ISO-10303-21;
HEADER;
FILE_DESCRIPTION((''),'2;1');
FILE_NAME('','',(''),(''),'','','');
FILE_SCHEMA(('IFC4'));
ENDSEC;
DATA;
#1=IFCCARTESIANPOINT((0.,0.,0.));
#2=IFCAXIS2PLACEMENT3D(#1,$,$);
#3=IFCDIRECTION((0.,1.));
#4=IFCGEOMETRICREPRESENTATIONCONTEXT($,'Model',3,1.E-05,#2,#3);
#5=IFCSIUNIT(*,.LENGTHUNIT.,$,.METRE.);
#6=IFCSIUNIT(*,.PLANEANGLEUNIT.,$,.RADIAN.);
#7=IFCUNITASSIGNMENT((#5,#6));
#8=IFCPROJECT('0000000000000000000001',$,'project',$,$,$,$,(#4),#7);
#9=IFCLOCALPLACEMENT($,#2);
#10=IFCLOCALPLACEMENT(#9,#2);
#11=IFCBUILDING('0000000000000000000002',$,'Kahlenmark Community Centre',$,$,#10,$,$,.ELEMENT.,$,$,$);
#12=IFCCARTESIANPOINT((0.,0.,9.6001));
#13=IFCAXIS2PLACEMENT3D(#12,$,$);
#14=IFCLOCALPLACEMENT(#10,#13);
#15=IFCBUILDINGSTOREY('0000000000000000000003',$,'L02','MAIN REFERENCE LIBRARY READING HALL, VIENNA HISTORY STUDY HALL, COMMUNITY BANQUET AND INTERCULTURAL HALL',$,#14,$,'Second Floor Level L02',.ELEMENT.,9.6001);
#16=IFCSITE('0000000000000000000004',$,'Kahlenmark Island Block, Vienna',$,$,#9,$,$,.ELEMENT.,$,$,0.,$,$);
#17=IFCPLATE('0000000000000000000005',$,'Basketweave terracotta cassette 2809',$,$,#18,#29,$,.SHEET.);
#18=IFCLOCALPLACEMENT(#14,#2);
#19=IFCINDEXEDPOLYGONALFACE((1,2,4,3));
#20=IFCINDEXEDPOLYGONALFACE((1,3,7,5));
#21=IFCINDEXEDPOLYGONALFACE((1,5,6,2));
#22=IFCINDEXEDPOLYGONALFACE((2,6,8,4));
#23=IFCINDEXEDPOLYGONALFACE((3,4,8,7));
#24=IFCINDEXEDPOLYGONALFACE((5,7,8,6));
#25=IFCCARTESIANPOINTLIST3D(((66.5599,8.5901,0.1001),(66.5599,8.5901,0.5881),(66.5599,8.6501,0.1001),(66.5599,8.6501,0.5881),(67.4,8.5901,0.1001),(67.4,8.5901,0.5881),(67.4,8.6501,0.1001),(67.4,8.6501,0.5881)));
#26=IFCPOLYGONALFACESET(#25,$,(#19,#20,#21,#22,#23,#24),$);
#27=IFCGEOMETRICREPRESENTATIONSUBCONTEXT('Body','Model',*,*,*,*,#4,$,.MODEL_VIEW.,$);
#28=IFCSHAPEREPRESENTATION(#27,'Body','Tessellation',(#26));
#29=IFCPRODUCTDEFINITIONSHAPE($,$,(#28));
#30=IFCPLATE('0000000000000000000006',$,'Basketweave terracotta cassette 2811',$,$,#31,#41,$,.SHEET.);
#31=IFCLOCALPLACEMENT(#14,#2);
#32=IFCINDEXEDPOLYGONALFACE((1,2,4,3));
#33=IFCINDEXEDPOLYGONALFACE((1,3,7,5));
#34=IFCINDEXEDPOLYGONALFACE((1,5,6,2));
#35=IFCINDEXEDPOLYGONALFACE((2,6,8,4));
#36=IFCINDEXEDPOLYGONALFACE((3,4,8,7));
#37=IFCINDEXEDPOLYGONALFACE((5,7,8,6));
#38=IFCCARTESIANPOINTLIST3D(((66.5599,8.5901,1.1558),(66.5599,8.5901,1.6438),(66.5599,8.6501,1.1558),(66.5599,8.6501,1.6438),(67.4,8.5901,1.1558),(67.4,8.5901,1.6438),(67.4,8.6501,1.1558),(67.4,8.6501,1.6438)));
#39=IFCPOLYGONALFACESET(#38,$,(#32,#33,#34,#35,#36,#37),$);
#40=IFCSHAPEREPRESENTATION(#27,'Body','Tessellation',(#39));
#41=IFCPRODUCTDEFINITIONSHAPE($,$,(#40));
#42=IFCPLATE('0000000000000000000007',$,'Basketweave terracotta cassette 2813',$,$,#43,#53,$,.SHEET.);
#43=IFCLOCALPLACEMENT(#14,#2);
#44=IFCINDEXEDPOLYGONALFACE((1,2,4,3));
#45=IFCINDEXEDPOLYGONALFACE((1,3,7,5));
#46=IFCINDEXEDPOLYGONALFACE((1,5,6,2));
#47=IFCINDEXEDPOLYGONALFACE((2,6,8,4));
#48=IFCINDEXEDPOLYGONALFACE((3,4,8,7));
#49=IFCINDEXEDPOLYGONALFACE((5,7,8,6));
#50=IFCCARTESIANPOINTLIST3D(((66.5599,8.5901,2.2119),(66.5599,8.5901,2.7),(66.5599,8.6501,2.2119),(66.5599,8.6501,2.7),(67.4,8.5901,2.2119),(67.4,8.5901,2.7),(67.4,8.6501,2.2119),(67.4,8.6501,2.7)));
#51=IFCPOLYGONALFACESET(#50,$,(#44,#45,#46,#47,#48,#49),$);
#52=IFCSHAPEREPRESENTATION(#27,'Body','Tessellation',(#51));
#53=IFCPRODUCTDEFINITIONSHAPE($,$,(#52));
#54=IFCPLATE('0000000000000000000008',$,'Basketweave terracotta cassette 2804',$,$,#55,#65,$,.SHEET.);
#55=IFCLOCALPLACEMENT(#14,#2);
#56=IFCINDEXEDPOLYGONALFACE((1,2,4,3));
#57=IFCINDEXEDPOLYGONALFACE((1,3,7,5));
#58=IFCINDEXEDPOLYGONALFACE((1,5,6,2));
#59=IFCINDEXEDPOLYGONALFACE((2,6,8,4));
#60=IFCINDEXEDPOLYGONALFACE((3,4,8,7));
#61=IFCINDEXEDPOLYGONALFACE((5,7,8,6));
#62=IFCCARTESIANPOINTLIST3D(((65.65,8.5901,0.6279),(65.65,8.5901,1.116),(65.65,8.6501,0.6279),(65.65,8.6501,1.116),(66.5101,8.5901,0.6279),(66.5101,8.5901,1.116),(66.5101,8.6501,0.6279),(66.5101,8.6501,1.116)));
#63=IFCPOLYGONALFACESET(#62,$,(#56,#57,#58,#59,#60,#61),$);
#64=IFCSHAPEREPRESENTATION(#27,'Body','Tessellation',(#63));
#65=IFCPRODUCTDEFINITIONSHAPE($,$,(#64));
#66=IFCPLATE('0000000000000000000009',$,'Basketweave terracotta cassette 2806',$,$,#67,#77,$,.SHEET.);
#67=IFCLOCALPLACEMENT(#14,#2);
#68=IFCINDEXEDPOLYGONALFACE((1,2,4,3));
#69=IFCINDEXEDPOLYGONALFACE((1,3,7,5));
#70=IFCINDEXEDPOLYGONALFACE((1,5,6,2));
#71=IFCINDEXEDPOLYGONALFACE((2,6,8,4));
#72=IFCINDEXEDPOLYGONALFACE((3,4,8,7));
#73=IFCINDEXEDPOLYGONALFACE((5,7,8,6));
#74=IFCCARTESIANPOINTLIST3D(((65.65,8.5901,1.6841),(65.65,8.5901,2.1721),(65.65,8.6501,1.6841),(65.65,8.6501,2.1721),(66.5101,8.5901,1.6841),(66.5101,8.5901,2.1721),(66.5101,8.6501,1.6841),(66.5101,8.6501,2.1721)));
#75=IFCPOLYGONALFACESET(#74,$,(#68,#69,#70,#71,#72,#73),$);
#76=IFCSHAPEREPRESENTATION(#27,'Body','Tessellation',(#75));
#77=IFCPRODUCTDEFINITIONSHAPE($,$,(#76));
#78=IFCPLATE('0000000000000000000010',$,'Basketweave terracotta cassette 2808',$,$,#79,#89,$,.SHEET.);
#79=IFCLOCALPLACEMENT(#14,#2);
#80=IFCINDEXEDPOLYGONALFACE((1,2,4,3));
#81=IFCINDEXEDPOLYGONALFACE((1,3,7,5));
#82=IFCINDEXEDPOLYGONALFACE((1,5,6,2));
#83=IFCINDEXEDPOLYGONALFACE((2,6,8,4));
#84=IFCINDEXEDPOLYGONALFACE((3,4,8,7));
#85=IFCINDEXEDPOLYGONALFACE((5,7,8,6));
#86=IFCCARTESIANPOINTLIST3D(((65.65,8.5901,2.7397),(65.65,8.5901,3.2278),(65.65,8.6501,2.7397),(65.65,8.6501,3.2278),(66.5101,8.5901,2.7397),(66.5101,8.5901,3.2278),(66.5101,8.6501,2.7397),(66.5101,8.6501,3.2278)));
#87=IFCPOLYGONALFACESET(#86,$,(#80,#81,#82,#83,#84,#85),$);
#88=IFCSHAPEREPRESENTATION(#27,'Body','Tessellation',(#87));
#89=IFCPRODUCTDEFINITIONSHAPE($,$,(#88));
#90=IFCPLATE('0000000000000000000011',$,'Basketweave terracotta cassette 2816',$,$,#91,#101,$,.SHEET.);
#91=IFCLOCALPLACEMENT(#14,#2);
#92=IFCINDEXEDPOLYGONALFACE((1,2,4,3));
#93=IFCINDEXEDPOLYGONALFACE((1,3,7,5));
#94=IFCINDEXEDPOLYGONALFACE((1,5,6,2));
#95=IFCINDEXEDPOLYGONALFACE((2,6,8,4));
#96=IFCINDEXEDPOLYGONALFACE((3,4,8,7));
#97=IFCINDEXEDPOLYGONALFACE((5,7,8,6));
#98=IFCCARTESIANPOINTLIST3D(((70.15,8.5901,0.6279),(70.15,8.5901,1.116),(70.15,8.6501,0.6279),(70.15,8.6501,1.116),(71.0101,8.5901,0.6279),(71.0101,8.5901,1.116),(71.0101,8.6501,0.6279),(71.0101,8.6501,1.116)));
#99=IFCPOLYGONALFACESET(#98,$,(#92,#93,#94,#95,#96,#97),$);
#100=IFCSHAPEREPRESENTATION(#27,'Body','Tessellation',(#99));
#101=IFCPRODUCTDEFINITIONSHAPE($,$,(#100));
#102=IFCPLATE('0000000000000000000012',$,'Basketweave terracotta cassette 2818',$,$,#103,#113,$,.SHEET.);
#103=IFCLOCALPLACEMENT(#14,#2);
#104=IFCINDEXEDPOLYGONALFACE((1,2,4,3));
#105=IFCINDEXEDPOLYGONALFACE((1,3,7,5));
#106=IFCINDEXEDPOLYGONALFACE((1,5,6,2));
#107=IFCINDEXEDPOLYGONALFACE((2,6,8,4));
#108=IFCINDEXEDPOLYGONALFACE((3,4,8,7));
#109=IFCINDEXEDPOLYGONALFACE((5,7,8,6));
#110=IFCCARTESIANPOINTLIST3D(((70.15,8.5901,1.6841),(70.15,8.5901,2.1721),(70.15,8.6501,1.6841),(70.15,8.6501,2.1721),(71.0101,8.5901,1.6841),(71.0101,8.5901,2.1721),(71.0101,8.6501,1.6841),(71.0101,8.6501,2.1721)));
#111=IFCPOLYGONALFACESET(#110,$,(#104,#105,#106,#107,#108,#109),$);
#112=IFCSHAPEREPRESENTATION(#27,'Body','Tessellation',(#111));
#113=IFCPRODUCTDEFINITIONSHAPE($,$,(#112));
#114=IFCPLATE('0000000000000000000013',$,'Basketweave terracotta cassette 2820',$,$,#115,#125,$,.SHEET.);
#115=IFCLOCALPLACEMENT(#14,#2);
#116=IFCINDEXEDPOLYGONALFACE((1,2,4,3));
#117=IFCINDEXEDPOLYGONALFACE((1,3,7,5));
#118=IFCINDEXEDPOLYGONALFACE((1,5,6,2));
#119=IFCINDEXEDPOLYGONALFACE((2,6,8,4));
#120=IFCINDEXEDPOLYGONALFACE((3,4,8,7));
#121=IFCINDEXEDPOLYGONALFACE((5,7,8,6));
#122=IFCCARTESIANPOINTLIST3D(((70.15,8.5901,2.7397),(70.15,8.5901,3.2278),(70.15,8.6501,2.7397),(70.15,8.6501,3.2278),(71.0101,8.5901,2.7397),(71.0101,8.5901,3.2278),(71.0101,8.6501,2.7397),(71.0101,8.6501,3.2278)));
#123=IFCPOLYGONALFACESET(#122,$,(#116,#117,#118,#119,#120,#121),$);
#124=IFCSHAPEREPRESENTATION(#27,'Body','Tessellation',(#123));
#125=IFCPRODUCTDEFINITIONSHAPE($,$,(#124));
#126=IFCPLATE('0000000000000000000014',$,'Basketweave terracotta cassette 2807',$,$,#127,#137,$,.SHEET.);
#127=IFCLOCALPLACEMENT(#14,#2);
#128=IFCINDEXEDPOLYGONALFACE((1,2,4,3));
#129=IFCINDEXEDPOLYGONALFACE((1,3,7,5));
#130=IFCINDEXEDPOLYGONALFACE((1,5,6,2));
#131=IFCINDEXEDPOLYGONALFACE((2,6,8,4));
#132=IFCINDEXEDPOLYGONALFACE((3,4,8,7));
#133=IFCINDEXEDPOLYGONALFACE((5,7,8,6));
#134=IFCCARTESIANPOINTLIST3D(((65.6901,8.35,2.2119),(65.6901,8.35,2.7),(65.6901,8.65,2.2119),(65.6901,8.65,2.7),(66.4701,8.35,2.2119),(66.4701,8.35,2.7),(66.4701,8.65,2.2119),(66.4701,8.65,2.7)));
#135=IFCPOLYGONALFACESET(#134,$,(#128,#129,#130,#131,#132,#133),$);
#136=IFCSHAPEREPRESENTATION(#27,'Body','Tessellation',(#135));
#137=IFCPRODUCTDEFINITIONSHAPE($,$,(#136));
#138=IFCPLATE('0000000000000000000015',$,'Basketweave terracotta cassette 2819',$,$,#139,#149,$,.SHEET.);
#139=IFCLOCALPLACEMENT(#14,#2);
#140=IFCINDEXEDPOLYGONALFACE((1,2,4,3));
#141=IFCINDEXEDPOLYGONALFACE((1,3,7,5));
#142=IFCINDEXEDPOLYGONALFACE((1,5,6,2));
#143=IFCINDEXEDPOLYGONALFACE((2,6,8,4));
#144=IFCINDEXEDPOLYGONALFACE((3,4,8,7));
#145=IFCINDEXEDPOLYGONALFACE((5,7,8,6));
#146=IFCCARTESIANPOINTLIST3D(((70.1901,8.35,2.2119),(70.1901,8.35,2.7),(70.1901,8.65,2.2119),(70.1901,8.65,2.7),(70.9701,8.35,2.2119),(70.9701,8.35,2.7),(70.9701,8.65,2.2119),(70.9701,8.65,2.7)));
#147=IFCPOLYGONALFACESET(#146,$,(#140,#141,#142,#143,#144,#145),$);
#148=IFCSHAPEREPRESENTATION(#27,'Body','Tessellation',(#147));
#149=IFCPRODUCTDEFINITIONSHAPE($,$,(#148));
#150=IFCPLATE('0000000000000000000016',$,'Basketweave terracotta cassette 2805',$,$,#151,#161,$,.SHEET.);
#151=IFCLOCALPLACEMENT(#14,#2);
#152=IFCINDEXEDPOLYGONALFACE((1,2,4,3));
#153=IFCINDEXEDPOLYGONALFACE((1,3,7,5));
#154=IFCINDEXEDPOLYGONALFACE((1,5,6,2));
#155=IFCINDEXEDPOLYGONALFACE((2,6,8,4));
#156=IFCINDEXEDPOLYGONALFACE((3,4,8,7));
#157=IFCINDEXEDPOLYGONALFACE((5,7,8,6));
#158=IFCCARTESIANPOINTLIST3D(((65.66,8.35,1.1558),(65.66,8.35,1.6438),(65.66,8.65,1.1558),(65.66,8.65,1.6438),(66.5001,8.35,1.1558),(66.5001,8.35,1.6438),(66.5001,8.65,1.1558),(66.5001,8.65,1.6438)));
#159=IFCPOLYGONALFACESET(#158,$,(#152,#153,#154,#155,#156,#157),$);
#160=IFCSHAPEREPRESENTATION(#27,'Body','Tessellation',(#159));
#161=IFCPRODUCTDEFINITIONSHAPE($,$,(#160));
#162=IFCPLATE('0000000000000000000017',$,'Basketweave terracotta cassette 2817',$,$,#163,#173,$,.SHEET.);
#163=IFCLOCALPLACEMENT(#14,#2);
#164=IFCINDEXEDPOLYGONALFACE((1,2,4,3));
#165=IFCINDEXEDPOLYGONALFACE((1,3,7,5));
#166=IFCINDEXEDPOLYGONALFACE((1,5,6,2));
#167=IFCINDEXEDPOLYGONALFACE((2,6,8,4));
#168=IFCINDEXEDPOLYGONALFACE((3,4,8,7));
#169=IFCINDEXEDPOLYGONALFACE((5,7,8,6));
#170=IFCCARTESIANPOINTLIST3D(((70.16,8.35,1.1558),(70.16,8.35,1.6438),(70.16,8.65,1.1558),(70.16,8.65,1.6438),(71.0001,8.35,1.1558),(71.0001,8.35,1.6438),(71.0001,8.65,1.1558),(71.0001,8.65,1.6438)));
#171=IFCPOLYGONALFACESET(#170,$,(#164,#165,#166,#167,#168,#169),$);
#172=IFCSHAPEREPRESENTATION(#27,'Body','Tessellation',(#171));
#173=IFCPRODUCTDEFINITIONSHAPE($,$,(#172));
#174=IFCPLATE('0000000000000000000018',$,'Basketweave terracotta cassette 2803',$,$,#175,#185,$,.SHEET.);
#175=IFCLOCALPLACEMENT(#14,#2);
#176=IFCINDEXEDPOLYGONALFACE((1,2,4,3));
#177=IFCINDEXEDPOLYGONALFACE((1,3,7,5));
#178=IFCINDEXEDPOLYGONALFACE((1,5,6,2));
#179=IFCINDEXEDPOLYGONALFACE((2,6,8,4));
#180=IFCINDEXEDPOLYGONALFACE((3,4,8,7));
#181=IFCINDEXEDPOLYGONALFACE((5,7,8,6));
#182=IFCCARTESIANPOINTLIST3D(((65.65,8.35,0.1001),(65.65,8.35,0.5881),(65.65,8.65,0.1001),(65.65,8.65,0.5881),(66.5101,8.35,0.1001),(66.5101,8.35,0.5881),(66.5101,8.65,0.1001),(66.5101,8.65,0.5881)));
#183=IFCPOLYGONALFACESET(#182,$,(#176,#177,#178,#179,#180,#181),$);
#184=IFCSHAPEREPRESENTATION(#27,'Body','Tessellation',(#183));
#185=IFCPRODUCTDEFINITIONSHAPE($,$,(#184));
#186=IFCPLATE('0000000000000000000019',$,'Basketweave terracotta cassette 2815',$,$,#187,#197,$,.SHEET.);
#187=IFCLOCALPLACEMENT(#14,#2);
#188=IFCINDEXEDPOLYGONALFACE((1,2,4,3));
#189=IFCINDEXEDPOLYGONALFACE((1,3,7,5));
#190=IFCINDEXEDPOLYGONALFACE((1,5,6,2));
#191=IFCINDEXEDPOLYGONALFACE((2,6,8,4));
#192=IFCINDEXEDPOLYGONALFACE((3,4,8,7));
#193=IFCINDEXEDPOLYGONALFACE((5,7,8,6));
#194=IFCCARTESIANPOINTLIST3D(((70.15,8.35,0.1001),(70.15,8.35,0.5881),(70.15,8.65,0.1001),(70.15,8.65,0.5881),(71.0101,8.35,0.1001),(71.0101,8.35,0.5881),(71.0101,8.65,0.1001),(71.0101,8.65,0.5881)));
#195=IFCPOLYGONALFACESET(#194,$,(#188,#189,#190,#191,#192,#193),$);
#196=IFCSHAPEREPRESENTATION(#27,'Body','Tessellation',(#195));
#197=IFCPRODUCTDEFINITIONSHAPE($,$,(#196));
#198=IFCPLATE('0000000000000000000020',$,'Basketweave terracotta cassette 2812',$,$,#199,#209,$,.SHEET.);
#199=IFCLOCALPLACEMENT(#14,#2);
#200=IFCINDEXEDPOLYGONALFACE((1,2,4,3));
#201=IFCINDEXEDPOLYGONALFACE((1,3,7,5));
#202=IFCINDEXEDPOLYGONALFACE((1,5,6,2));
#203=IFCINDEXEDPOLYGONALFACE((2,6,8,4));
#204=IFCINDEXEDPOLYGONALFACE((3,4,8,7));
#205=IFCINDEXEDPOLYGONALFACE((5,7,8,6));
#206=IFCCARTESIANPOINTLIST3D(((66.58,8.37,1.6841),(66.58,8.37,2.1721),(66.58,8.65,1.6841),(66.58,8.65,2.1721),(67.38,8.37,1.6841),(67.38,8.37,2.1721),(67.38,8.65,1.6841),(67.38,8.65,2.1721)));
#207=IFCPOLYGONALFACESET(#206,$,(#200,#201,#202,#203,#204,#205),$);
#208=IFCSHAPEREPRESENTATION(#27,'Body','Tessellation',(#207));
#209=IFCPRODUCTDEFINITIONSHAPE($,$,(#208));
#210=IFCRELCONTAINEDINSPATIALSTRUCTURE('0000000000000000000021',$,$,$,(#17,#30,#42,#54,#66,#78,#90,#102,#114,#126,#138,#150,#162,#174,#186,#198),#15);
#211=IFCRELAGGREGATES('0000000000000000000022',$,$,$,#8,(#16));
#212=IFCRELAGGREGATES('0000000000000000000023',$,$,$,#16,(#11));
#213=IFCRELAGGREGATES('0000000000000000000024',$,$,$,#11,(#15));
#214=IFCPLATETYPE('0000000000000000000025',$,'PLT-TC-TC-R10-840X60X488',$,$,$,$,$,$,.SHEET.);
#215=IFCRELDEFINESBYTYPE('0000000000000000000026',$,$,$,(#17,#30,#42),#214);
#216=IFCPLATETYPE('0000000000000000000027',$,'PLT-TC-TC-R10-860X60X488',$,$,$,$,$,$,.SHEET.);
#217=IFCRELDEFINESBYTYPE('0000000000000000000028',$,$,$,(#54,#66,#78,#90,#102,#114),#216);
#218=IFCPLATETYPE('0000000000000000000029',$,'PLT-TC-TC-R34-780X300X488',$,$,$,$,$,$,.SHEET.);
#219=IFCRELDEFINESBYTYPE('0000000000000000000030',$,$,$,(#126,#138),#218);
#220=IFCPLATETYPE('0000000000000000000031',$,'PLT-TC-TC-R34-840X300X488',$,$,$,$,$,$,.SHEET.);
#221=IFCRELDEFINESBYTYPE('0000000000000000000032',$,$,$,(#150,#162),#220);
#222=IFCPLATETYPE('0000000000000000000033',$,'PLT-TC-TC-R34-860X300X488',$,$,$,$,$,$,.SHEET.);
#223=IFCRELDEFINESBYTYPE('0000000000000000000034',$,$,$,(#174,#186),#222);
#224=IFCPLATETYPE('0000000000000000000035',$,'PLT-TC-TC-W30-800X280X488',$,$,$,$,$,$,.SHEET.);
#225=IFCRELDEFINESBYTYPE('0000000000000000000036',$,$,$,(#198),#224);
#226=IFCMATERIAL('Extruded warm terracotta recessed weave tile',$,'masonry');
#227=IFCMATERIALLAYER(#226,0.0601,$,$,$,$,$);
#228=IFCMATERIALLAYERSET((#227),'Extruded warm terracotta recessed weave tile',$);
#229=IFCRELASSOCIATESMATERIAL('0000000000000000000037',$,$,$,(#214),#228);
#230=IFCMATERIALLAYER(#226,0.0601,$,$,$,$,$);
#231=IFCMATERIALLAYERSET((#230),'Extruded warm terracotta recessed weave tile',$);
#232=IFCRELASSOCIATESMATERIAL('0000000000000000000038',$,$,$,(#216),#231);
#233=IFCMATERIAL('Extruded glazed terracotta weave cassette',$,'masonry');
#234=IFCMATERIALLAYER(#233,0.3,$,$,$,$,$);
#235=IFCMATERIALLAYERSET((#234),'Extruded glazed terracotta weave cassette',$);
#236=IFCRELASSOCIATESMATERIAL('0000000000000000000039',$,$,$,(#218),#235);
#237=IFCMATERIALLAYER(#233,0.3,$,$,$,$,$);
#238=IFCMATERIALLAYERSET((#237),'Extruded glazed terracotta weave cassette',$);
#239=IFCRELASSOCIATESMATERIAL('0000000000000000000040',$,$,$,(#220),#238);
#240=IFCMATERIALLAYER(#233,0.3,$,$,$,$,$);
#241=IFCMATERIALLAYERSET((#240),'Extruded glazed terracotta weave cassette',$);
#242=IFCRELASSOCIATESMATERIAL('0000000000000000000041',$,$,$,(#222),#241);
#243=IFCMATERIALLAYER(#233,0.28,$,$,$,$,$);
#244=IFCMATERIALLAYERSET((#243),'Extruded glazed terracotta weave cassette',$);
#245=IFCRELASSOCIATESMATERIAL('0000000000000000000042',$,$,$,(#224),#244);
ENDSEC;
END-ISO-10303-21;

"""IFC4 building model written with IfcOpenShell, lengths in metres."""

from ifc_helpers import new_model, si_unit, direction, frame, origin, origin_2d, place, context, subcontext, project, spatial, rectangle, extrude, material, layer, layer_set, type_object, element, save


model = new_model("IFC4")

# Units and contexts
model_context = context("Model", 3, precision=1e-05, world=origin(), true_north=direction((0.0, 1.0)))
body_context = subcontext(model_context, "Body", "Model", "MODEL_VIEW")
ifc_project = project(units=[si_unit("LENGTHUNIT", "METRE"), si_unit("PLANEANGLEUNIT", "RADIAN")], contexts=[model_context])

# Site, building, storey
site_placement = place(None, origin())
site = spatial("IfcSite", under=ifc_project, at=site_placement, Name="Kahlenmark Island Block, Vienna", CompositionType="ELEMENT", RefElevation=0.0)
building_placement = place(site_placement, origin())
building = spatial("IfcBuilding", under=site, at=building_placement, Name="Kahlenmark Community Centre", CompositionType="ELEMENT")
storey_placement = place(building_placement, frame((0.0, 0.0, 9.6001)))
storey = spatial("IfcBuildingStorey", under=building, at=storey_placement, Name="L02", Description="MAIN REFERENCE LIBRARY READING HALL, VIENNA HISTORY STUDY HALL, COMMUNITY BANQUET AND INTERCULTURAL HALL", LongName="Second Floor Level L02", CompositionType="ELEMENT", Elevation=9.6001)

# Plates
ifc_material_1 = material(Name="Extruded warm terracotta recessed weave tile", Category="masonry")
ifc_layer_1 = layer(ifc_material_1, 0.0601)
ifc_layer_set_1 = layer_set([ifc_layer_1], Name="Extruded warm terracotta recessed weave tile")
plate_type_1 = type_object("IfcPlateType", Name="PLT-TC-TC-R10-840X60X488", PredefinedType="SHEET", material=ifc_layer_set_1)
for number, where, z_axis, x_axis, name in (
    (1, (66.98, 8.6201, 0.1001), (0.0, 0.0, 1.0), (1.0, 0.0, 0.0), "Basketweave terracotta cassette 2809"),
    (2, (66.98, 8.6201, 1.1558), (0.0, 0.0, 1.0), (1.0, 0.0, 0.0), "Basketweave terracotta cassette 2811"),
    (3, (66.98, 8.6201, 2.2119), (0.0, 0.0, 1.0), (1.0, 0.0, 0.0), "Basketweave terracotta cassette 2813"),
):
    element("IfcPlate", number, at=place(storey_placement, frame(where, z_axis=z_axis, x_axis=x_axis)), inside=storey, type_object=plate_type_1, Name=name, PredefinedType="SHEET", context=body_context, shape_type="SweptSolid", body=[
        extrude(rectangle(XDim=0.8401, YDim=0.0601, at=origin_2d()), origin(), (0.0, 0.0, 1.0), 0.488),
    ])
ifc_layer_2 = layer(ifc_material_1, 0.0601)
ifc_layer_set_2 = layer_set([ifc_layer_2], Name="Extruded warm terracotta recessed weave tile")
plate_type_2 = type_object("IfcPlateType", Name="PLT-TC-TC-R10-860X60X488", PredefinedType="SHEET", material=ifc_layer_set_2)
for number, where, z_axis, x_axis, name in (
    (4, (66.0801, 8.6201, 0.6279), (0.0, 0.0, 1.0), (1.0, 0.0, 0.0), "Basketweave terracotta cassette 2804"),
    (5, (66.0801, 8.6201, 1.6841), (0.0, 0.0, 1.0), (1.0, 0.0, 0.0), "Basketweave terracotta cassette 2806"),
    (6, (66.0801, 8.6201, 2.7397), (0.0, 0.0, 1.0), (1.0, 0.0, 0.0), "Basketweave terracotta cassette 2808"),
    (7, (70.5801, 8.6201, 0.6279), (0.0, 0.0, 1.0), (1.0, 0.0, 0.0), "Basketweave terracotta cassette 2816"),
    (8, (70.5801, 8.6201, 1.6841), (0.0, 0.0, 1.0), (1.0, 0.0, 0.0), "Basketweave terracotta cassette 2818"),
    (9, (70.5801, 8.6201, 2.7397), (0.0, 0.0, 1.0), (1.0, 0.0, 0.0), "Basketweave terracotta cassette 2820"),
):
    element("IfcPlate", number, at=place(storey_placement, frame(where, z_axis=z_axis, x_axis=x_axis)), inside=storey, type_object=plate_type_2, Name=name, PredefinedType="SHEET", context=body_context, shape_type="SweptSolid", body=[
        extrude(rectangle(XDim=0.8601, YDim=0.0601, at=origin_2d()), origin(), (0.0, 0.0, 1.0), 0.488),
    ])
ifc_material_2 = material(Name="Extruded glazed terracotta weave cassette", Category="masonry")
ifc_layer_3 = layer(ifc_material_2, 0.3)
ifc_layer_set_3 = layer_set([ifc_layer_3], Name="Extruded glazed terracotta weave cassette")
plate_type_3 = type_object("IfcPlateType", Name="PLT-TC-TC-R34-780X300X488", PredefinedType="SHEET", material=ifc_layer_set_3)
for number, where, z_axis, x_axis, name in (
    (10, (66.0801, 8.5, 2.2119), (0.0, 0.0, 1.0), (1.0, 0.0, 0.0), "Basketweave terracotta cassette 2807"),
    (11, (70.5801, 8.5, 2.2119), (0.0, 0.0, 1.0), (1.0, 0.0, 0.0), "Basketweave terracotta cassette 2819"),
):
    element("IfcPlate", number, at=place(storey_placement, frame(where, z_axis=z_axis, x_axis=x_axis)), inside=storey, type_object=plate_type_3, Name=name, PredefinedType="SHEET", context=body_context, shape_type="SweptSolid", body=[
        extrude(rectangle(XDim=0.78, YDim=0.3, at=origin_2d()), origin(), (0.0, 0.0, 1.0), 0.488),
    ])
ifc_layer_4 = layer(ifc_material_2, 0.3)
ifc_layer_set_4 = layer_set([ifc_layer_4], Name="Extruded glazed terracotta weave cassette")
plate_type_4 = type_object("IfcPlateType", Name="PLT-TC-TC-R34-840X300X488", PredefinedType="SHEET", material=ifc_layer_set_4)
for number, where, z_axis, x_axis, name in (
    (12, (66.0801, 8.5, 1.1558), (0.0, 0.0, 1.0), (1.0, 0.0, 0.0), "Basketweave terracotta cassette 2805"),
    (13, (70.5801, 8.5, 1.1558), (0.0, 0.0, 1.0), (1.0, 0.0, 0.0), "Basketweave terracotta cassette 2817"),
):
    element("IfcPlate", number, at=place(storey_placement, frame(where, z_axis=z_axis, x_axis=x_axis)), inside=storey, type_object=plate_type_4, Name=name, PredefinedType="SHEET", context=body_context, shape_type="SweptSolid", body=[
        extrude(rectangle(XDim=0.8401, YDim=0.3, at=origin_2d()), origin(), (0.0, 0.0, 1.0), 0.488),
    ])
ifc_layer_5 = layer(ifc_material_2, 0.3)
ifc_layer_set_5 = layer_set([ifc_layer_5], Name="Extruded glazed terracotta weave cassette")
plate_type_5 = type_object("IfcPlateType", Name="PLT-TC-TC-R34-860X300X488", PredefinedType="SHEET", material=ifc_layer_set_5)
for number, where, z_axis, x_axis, name in (
    (14, (66.0801, 8.5, 0.1001), (0.0, 0.0, 1.0), (1.0, 0.0, 0.0), "Basketweave terracotta cassette 2803"),
    (15, (70.5801, 8.5, 0.1001), (0.0, 0.0, 1.0), (1.0, 0.0, 0.0), "Basketweave terracotta cassette 2815"),
):
    element("IfcPlate", number, at=place(storey_placement, frame(where, z_axis=z_axis, x_axis=x_axis)), inside=storey, type_object=plate_type_5, Name=name, PredefinedType="SHEET", context=body_context, shape_type="SweptSolid", body=[
        extrude(rectangle(XDim=0.8601, YDim=0.3, at=origin_2d()), origin(), (0.0, 0.0, 1.0), 0.488),
    ])
ifc_layer_6 = layer(ifc_material_2, 0.28)
ifc_layer_set_6 = layer_set([ifc_layer_6], Name="Extruded glazed terracotta weave cassette")
plate_type_6 = type_object("IfcPlateType", Name="PLT-TC-TC-W30-800X280X488", PredefinedType="SHEET", material=ifc_layer_set_6)
plate_1_placement = place(storey_placement, frame((66.98, 8.51, 1.6841), z_axis=(0.0, 0.0, 1.0), x_axis=(1.0, 0.0, 0.0)))
element("IfcPlate", 16, at=plate_1_placement, inside=storey, type_object=plate_type_6, Name="Basketweave terracotta cassette 2812", PredefinedType="SHEET", context=body_context, shape_type="SweptSolid", body=[
    extrude(rectangle(XDim=0.8, YDim=0.28, at=origin_2d()), origin(), (0.0, 0.0, 1.0), 0.488),
])

save(model, "model.ifc")
